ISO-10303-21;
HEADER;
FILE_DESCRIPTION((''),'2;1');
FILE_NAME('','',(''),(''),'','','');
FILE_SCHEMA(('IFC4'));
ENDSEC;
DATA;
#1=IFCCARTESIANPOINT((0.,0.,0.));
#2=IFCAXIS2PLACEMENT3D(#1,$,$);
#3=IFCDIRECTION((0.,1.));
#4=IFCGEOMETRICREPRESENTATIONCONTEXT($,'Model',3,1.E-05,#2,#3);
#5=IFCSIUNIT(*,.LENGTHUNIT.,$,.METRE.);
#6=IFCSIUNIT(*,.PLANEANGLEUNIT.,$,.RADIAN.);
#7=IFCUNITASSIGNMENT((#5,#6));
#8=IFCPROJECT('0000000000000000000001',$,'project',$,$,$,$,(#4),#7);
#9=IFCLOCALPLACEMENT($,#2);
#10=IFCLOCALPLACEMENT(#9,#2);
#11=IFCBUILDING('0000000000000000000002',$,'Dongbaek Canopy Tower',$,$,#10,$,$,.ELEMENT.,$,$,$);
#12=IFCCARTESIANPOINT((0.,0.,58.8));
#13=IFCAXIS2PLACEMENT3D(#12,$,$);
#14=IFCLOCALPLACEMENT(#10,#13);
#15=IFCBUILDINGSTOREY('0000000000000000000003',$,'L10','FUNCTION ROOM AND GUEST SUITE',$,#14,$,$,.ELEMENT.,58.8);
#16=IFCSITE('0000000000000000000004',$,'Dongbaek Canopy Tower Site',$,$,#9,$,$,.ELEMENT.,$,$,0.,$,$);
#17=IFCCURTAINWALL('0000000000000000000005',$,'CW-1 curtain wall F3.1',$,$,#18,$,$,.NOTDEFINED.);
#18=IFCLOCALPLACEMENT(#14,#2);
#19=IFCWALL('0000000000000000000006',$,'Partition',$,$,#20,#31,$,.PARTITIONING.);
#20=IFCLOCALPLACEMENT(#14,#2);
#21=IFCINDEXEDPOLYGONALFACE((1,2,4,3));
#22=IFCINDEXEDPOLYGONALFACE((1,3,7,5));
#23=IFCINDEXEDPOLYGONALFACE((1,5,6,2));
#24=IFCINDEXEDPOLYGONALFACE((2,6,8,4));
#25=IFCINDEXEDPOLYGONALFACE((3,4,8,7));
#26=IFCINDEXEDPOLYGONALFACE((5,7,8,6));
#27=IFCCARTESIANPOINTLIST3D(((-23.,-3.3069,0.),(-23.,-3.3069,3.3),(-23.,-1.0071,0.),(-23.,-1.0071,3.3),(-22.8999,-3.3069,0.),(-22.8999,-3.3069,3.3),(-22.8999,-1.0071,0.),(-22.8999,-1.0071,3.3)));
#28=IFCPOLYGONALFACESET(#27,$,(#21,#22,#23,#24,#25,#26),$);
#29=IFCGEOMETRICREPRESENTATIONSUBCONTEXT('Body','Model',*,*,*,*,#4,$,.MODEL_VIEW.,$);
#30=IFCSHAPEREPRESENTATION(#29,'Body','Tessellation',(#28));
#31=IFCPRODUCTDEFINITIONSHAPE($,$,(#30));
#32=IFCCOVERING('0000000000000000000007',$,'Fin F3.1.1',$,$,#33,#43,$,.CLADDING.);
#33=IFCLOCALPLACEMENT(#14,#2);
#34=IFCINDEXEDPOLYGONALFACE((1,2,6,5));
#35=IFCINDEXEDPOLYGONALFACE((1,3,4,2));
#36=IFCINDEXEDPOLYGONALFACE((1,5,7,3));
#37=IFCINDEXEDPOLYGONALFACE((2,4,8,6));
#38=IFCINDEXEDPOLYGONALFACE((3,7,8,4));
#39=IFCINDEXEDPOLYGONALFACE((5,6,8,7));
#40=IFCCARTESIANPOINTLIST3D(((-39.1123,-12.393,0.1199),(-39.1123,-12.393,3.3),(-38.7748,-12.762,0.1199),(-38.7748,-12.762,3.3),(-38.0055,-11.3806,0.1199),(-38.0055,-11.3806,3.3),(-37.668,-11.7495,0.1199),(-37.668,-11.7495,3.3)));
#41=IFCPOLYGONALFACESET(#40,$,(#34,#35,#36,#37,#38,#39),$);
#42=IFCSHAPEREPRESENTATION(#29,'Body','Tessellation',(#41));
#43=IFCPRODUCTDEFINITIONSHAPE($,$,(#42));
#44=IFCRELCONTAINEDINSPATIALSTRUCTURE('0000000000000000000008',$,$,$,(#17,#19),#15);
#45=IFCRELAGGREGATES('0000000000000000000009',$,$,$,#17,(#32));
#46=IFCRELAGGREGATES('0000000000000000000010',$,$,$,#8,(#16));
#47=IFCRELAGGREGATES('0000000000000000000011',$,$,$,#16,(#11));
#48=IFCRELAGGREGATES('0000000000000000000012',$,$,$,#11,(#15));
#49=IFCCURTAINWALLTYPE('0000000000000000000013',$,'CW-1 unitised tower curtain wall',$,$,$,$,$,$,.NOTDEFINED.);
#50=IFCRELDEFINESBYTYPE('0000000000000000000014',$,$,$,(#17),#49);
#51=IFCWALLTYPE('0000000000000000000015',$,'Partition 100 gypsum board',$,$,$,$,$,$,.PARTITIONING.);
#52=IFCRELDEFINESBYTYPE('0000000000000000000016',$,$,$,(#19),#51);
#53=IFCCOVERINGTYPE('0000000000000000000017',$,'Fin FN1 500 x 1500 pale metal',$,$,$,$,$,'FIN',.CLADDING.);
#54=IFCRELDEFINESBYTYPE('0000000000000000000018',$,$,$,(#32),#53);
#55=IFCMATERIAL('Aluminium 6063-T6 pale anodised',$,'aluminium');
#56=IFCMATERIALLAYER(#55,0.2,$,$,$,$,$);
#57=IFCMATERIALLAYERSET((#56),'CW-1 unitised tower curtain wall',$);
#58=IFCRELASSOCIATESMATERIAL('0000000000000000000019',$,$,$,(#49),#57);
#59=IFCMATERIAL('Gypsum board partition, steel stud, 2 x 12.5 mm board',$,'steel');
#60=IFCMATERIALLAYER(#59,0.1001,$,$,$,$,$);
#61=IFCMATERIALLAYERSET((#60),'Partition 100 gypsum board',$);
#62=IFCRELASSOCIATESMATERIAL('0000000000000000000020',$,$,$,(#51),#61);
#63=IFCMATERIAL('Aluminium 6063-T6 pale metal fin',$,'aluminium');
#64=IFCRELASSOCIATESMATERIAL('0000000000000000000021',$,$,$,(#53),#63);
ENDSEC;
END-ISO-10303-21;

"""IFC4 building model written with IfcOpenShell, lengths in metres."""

from ifc_helpers import new_model, si_unit, direction, frame, frame_2d, origin, origin_2d, place, context, subcontext, project, spatial, rectangle, extrude, material, layer, layer_set, material_profile, profile_set, type_object, element, aggregate, save


model = new_model("IFC4")

# Units and contexts
model_context = context("Model", 3, precision=1e-05, world=origin(), true_north=direction((0.0, 1.0)))
body_context = subcontext(model_context, "Body", "Model", "MODEL_VIEW")
ifc_project = project(units=[si_unit("LENGTHUNIT", "METRE"), si_unit("PLANEANGLEUNIT", "RADIAN")], contexts=[model_context])

# Site, building, storey
site_placement = place(None, origin())
site = spatial("IfcSite", under=ifc_project, at=site_placement, Name="Dongbaek Canopy Tower Site", CompositionType="ELEMENT", RefElevation=0.0)
building_placement = place(site_placement, origin())
building = spatial("IfcBuilding", under=site, at=building_placement, Name="Dongbaek Canopy Tower", CompositionType="ELEMENT")
storey_placement = place(building_placement, frame((0.0, 0.0, 58.8)))
storey = spatial("IfcBuildingStorey", under=building, at=storey_placement, Name="L10", Description="FUNCTION ROOM AND GUEST SUITE", CompositionType="ELEMENT", Elevation=58.8)

# Shared definitions
ifc_material_1 = material(Name="Aluminium 6063-T6 pale anodised", Category="aluminium")
ifc_layer_1 = layer(ifc_material_1, 0.2)
ifc_layer_set_1 = layer_set([ifc_layer_1], Name="CW-1 unitised tower curtain wall")
curtain_wall_type = type_object("IfcCurtainWallType", Name="CW-1 unitised tower curtain wall", PredefinedType="NOTDEFINED", material=ifc_layer_set_1)

# Curtain wall
curtain_wall_1_placement = place(storey_placement, origin())
curtain_wall_1 = element("IfcCurtainWall", 1, at=curtain_wall_1_placement, inside=storey, type_object=curtain_wall_type, Name="CW-1 curtain wall F3.1", PredefinedType="NOTDEFINED")

# Shared definitions
ifc_material_2 = material(Name="Gypsum board partition, steel stud, 2 x 12.5 mm board", Category="steel")
ifc_layer_2 = layer(ifc_material_2, 0.1001)
ifc_layer_set_2 = layer_set([ifc_layer_2], Name="Partition 100 gypsum board")
wall_type_1 = type_object("IfcWallType", Name="Partition 100 gypsum board", PredefinedType="PARTITIONING", material=ifc_layer_set_2)

# Wall
for number, where, z_axis, x_axis, name in (
    (2, (-22.95, -3.3069, 0.0), (0.0, 0.0, 1.0), (0.0, 1.0, 0.0), "Partition"),
):
    element("IfcWall", number, at=place(storey_placement, frame(where, z_axis=z_axis, x_axis=x_axis)), inside=storey, type_object=wall_type_1, Name=name, PredefinedType="PARTITIONING", context=body_context, shape_type="SweptSolid", body=[
        extrude(rectangle(XDim=2.2998, YDim=0.1001, at=frame_2d((1.1499, 0.0))), origin(), (0.0, 0.0, 1.0), 3.3),
    ])

# Covering
ifc_material_3 = material(Name="Aluminium 6063-T6 pale metal fin", Category="aluminium")
ifc_material_profile_1 = material_profile(ifc_material_3, rectangle(XDim=1.5, YDim=0.5, at=origin_2d()), Name="Fin FN1 500 x 1500 pale metal")
ifc_profile_set_1 = profile_set([ifc_material_profile_1], Name="Aluminium 6063-T6 pale metal fin")
covering_type = type_object("IfcCoveringType", Name="Fin FN1 500 x 1500 pale metal", ElementType="FIN", PredefinedType="CLADDING", material=ifc_profile_set_1)
covering_placement = place(storey_placement, frame((-38.3901, -12.0713, 0.1199), z_axis=(0.0, 0.0, 1.0), x_axis=(-0.737855, -0.674959, 0.0)))
covering = element("IfcCovering", 3, at=covering_placement, type_object=covering_type, Name="Fin F3.1.1", PredefinedType="CLADDING", context=body_context, shape_type="SweptSolid", body=[
    extrude(rectangle(XDim=1.5, YDim=0.5, at=origin_2d()), origin(), (0.0, 0.0, 1.0), 3.1802),
])
aggregate(curtain_wall_1, [covering])

save(model, "model.ifc")
